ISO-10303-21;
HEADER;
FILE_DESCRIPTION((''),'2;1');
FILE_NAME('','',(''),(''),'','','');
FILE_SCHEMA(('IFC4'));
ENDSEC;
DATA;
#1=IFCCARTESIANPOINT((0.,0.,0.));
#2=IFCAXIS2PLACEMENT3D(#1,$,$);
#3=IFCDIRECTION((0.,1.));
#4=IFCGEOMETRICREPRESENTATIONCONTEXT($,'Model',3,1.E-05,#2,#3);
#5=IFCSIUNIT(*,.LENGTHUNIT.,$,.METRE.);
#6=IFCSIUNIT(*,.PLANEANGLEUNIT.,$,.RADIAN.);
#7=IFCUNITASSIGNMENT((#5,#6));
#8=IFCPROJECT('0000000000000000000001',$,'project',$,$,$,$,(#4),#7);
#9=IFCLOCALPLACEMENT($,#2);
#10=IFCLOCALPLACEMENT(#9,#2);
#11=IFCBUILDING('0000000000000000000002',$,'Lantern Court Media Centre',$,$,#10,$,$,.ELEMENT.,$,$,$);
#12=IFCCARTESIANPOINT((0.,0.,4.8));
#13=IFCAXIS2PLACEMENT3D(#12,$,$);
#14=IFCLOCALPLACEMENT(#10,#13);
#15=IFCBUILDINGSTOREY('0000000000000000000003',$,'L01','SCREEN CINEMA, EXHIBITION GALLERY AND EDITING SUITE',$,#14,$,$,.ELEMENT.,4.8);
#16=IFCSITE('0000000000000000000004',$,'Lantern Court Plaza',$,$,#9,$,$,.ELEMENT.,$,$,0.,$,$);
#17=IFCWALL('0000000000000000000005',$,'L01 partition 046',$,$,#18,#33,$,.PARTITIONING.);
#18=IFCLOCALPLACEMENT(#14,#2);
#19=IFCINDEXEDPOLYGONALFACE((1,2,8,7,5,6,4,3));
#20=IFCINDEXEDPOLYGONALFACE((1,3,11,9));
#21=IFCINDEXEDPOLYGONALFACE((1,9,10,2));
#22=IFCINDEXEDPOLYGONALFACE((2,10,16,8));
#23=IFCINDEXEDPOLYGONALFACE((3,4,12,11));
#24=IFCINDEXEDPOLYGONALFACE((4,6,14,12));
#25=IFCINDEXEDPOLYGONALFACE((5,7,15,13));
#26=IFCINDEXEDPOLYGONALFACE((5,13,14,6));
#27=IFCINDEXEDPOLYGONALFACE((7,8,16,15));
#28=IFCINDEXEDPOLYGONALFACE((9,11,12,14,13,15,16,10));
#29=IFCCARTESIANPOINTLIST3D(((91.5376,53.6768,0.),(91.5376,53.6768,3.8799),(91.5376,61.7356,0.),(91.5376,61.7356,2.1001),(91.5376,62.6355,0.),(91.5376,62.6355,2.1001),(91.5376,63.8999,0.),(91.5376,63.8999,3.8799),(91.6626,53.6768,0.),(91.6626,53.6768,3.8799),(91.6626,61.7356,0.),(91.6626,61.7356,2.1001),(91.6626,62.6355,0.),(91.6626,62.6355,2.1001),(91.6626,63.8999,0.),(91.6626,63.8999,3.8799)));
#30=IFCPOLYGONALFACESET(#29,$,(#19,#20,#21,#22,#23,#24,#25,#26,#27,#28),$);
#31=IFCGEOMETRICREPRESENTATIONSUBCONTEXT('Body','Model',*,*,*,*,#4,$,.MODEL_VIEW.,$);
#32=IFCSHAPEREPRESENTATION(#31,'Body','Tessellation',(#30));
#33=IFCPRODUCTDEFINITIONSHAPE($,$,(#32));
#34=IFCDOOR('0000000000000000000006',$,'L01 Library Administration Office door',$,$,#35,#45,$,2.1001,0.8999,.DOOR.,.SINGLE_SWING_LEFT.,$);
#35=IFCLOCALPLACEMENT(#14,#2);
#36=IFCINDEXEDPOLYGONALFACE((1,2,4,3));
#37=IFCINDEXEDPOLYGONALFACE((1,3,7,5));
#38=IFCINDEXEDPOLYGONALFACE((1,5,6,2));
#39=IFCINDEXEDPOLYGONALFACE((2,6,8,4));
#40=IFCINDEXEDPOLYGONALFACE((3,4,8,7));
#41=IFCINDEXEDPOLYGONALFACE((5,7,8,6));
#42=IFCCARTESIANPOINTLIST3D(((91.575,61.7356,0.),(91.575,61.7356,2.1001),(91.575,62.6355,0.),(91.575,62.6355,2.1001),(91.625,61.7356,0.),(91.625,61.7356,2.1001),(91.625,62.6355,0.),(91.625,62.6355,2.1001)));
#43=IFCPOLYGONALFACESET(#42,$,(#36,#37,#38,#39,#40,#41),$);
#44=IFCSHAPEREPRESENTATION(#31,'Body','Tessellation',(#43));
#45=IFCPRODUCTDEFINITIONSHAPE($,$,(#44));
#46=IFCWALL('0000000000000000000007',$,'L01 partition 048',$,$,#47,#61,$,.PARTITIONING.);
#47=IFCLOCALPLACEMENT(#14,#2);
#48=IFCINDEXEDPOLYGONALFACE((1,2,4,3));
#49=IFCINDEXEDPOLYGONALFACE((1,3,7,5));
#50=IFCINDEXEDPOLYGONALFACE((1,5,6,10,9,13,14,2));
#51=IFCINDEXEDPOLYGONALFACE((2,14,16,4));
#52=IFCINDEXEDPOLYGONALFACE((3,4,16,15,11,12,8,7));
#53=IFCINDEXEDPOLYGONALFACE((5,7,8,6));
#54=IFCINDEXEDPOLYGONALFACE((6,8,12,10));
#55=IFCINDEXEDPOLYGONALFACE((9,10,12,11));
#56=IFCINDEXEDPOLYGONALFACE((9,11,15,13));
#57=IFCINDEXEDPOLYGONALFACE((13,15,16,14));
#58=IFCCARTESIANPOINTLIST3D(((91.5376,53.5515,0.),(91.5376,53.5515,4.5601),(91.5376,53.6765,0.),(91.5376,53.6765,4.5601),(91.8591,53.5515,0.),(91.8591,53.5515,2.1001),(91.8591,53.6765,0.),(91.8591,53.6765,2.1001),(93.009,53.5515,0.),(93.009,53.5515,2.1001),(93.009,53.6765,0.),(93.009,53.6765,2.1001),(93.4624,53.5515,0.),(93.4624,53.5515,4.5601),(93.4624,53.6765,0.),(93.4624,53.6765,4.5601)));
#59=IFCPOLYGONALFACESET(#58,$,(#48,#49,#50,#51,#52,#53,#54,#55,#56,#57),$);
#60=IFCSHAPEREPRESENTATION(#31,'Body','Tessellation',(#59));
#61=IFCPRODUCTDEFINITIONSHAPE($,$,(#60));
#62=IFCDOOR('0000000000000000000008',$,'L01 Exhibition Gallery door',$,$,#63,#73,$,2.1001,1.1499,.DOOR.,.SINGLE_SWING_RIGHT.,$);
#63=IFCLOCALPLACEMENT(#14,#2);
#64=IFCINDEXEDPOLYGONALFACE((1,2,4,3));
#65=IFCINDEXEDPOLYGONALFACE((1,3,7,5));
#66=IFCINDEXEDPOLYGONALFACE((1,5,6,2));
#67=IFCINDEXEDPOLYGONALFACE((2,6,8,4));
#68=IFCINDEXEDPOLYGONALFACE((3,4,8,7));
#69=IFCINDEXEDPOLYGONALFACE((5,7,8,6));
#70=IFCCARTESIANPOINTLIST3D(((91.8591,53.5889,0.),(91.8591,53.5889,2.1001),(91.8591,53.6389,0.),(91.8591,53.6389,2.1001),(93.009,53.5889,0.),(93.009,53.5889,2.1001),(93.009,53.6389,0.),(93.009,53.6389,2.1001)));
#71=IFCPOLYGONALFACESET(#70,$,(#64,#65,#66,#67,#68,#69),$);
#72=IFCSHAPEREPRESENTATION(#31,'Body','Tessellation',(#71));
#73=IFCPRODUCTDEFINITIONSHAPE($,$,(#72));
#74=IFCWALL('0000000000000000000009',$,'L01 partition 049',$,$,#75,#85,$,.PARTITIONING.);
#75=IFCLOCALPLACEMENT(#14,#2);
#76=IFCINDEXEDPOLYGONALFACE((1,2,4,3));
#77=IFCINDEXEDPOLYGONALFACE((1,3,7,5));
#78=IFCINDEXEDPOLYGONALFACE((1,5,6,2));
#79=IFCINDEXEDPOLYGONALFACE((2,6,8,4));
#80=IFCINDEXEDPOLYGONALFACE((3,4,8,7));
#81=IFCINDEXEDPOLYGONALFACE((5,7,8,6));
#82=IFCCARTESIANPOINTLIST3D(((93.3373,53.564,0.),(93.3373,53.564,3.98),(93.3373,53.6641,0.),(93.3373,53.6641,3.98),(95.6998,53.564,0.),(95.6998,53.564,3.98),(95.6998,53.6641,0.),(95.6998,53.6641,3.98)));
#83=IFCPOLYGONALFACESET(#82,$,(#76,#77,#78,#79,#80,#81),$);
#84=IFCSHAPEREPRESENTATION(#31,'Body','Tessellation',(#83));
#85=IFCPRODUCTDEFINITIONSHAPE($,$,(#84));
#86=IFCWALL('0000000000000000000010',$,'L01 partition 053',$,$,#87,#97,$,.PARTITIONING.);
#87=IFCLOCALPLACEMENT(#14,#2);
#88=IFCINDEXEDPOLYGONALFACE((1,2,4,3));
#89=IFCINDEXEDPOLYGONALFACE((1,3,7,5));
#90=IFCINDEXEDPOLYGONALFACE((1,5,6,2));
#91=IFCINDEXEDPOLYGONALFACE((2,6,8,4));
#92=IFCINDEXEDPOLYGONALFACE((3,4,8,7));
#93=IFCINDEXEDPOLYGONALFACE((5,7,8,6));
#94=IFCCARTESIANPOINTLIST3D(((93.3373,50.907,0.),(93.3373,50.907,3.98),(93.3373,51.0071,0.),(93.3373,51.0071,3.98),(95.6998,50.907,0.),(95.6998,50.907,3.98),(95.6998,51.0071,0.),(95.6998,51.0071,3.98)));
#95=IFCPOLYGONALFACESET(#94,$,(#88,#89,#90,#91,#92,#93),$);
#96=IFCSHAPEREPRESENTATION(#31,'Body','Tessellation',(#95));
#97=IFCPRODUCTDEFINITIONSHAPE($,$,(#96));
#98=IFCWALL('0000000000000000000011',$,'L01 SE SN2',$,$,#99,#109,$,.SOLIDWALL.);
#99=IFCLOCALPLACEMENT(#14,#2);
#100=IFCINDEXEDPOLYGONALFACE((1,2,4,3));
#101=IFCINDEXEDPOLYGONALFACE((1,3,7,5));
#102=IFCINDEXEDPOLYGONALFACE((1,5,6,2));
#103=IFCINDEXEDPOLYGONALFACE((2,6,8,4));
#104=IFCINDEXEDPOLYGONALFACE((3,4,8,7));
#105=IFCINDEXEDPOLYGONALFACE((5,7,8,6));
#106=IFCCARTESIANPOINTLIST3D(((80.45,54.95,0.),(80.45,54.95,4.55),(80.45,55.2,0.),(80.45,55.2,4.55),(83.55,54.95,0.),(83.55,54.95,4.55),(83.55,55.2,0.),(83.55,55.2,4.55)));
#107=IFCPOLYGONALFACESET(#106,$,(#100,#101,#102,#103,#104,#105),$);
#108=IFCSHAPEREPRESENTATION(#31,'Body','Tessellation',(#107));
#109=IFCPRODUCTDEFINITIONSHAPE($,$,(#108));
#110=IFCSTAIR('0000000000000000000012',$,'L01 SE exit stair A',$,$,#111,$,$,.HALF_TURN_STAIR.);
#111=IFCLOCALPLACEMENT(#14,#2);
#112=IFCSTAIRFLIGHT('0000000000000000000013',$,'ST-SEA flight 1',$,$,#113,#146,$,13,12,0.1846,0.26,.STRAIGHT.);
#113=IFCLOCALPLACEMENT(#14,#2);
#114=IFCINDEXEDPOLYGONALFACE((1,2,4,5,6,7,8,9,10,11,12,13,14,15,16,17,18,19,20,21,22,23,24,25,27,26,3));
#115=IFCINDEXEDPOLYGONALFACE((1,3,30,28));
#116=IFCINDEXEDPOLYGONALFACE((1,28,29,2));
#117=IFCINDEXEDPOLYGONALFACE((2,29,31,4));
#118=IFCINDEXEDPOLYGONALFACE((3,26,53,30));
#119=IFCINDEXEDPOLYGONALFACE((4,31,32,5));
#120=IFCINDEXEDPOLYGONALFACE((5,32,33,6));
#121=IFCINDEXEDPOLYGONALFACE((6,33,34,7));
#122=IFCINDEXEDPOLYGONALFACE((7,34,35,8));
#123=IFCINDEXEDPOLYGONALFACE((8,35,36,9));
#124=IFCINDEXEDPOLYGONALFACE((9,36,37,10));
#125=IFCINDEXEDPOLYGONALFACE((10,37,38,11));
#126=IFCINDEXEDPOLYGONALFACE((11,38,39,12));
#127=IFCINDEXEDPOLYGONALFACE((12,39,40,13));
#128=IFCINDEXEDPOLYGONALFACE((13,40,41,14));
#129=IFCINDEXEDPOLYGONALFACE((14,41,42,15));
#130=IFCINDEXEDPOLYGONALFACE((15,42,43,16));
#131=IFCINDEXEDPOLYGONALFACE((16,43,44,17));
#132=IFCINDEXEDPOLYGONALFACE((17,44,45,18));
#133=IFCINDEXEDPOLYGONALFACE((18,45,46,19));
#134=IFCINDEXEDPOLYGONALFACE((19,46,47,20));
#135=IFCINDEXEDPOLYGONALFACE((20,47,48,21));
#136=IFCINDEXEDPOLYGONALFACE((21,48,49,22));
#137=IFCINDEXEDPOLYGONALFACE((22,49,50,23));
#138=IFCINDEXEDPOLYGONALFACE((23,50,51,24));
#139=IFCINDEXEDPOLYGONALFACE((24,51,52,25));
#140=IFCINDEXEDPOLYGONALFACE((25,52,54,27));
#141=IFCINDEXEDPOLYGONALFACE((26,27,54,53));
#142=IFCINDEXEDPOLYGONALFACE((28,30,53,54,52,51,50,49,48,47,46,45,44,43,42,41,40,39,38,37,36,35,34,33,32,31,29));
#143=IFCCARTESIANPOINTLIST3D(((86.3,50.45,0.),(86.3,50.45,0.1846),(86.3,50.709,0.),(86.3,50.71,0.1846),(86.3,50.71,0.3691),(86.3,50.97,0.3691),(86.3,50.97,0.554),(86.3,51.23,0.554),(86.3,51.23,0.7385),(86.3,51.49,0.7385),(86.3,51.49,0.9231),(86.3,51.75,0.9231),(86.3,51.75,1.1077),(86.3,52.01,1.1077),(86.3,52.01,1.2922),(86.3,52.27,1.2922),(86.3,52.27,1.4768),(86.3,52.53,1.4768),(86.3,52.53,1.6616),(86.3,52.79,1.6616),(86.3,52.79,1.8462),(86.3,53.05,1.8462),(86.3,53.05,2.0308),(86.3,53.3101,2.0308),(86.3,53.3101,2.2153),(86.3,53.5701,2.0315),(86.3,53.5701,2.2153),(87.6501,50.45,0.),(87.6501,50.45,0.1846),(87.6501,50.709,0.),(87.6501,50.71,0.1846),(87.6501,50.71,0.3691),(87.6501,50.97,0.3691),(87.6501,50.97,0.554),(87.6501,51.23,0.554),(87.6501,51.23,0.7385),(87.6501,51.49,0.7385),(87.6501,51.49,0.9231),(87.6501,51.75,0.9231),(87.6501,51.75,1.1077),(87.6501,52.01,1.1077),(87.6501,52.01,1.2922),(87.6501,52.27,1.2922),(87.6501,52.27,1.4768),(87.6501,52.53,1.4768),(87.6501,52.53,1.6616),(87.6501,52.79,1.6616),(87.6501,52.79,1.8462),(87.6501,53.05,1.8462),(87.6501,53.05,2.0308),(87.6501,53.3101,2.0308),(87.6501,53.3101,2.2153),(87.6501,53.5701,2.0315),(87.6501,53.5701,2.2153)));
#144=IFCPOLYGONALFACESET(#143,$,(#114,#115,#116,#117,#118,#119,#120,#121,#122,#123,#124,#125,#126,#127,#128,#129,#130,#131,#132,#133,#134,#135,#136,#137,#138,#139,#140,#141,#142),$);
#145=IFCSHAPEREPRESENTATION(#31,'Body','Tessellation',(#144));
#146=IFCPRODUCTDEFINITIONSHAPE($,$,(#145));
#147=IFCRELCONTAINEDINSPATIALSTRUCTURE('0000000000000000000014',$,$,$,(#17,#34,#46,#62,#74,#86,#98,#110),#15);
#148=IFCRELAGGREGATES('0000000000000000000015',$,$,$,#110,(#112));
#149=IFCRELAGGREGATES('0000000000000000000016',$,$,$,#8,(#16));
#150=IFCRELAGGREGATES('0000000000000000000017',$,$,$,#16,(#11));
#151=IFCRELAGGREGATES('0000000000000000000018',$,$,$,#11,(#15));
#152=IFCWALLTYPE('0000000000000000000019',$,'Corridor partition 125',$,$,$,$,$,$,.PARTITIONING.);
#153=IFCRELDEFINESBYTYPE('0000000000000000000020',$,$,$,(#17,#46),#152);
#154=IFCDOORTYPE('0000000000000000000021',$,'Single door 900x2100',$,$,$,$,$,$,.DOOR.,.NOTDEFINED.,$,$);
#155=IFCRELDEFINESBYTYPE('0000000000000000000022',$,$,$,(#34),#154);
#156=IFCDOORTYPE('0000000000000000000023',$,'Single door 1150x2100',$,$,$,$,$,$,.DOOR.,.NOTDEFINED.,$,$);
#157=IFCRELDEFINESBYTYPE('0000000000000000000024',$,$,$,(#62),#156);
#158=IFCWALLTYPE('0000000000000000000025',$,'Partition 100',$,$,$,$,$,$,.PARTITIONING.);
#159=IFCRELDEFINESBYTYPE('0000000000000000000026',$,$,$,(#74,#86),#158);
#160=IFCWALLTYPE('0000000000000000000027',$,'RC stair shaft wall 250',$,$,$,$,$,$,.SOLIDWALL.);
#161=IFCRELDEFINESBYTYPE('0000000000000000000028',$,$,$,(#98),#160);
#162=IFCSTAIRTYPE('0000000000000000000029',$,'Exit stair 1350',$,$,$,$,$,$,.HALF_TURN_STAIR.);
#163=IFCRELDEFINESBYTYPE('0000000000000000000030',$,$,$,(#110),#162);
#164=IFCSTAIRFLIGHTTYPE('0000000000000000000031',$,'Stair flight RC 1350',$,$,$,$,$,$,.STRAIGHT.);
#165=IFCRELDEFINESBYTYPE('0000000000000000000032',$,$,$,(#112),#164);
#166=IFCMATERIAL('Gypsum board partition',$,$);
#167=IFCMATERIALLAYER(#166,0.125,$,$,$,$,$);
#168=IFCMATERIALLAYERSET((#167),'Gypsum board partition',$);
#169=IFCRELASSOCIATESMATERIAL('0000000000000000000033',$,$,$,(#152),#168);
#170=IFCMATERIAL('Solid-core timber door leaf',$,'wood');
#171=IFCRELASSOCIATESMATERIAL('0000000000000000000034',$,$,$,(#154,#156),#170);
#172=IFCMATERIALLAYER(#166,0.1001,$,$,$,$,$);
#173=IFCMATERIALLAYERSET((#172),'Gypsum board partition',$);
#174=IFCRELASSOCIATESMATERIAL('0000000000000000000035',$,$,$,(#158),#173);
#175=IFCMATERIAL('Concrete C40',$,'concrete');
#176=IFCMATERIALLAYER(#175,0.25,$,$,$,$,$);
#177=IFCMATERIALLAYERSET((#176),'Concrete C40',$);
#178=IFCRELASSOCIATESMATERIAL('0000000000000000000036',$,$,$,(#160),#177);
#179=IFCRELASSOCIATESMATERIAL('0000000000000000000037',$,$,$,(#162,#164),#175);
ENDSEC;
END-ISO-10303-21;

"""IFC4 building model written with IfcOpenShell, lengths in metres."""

from ifc_helpers import new_model, si_unit, direction, frame, frame_2d, origin, place, context, subcontext, project, spatial, polyline, rectangle, outline, extrude, material, layer, layer_set, type_object, element, fill, aggregate, save


model = new_model("IFC4")

# Units and contexts
model_context = context("Model", 3, precision=1e-05, world=origin(), true_north=direction((0.0, 1.0)))
body_context = subcontext(model_context, "Body", "Model", "MODEL_VIEW")
ifc_project = project(units=[si_unit("LENGTHUNIT", "METRE"), si_unit("PLANEANGLEUNIT", "RADIAN")], contexts=[model_context])

# Site, building, storey
site_placement = place(None, origin())
site = spatial("IfcSite", under=ifc_project, at=site_placement, Name="Lantern Court Plaza", CompositionType="ELEMENT", RefElevation=0.0)
building_placement = place(site_placement, origin())
building = spatial("IfcBuilding", under=site, at=building_placement, Name="Lantern Court Media Centre", CompositionType="ELEMENT")
storey_placement = place(building_placement, frame((0.0, 0.0, 4.8)))
storey = spatial("IfcBuildingStorey", under=building, at=storey_placement, Name="L01", Description="SCREEN CINEMA, EXHIBITION GALLERY AND EDITING SUITE", CompositionType="ELEMENT", Elevation=4.8)

# Walls, openings, doors
ifc_material_1 = material(Name="Gypsum board partition")
ifc_layer_1 = layer(ifc_material_1, 0.125)
ifc_layer_set_1 = layer_set([ifc_layer_1], Name="Gypsum board partition")
wall_type_1 = type_object("IfcWallType", Name="Corridor partition 125", PredefinedType="PARTITIONING", material=ifc_layer_set_1)
wall_1_placement = place(storey_placement, frame((91.6001, 53.6768, 0.0), z_axis=(0.0, 0.0, 1.0), x_axis=(0.0, 1.0, 0.0)))
wall_1 = element("IfcWall", 1, at=wall_1_placement, inside=storey, type_object=wall_type_1, Name="L01 partition 046", PredefinedType="PARTITIONING", context=body_context, shape_type="SweptSolid", body=[
    extrude(rectangle(XDim=10.2231, YDim=0.125, at=frame_2d((5.1116, 0.0))), origin(), (0.0, 0.0, 1.0), 3.8799),
])
opening_1_placement = place(wall_1_placement, frame((8.0588, 0.0, 0.0)))
opening_1 = element("IfcOpeningElement", 2, at=opening_1_placement, cuts=wall_1, PredefinedType="OPENING", context=body_context, shape_type="SweptSolid", body=[
    extrude(rectangle(XDim=0.8999, YDim=2.1001, at=frame_2d((0.45, 1.05))), frame((0.0, 0.0725, 0.0), z_axis=(0.0, -1.0, 0.0), x_axis=(1.0, 0.0, 0.0)), (0.0, 0.0, 1.0), 0.145),
])
ifc_material_2 = material(Name="Solid-core timber door leaf", Category="wood")
door_type_1 = type_object("IfcDoorType", Name="Single door 900x2100", OperationType="NOTDEFINED", PredefinedType="DOOR", material=ifc_material_2)
door_1_placement = place(opening_1_placement, frame((0.8999, 0.0, 0.0), z_axis=(0.0, 0.0, 1.0), x_axis=(-1.0, 0.0, 0.0)))
door_1 = element("IfcDoor", 3, at=door_1_placement, inside=storey, type_object=door_type_1, Name="L01 Library Administration Office door", OperationType="SINGLE_SWING_LEFT", OverallHeight=2.1001, OverallWidth=0.8999, PredefinedType="DOOR", context=body_context, shape_type="SweptSolid", body=[
    extrude(rectangle(XDim=0.8999, YDim=2.1001, at=frame_2d((0.45, 1.05))), frame((0.0, 0.0249, 0.0), z_axis=(0.0, -1.0, 0.0), x_axis=(1.0, 0.0, 0.0)), (0.0, 0.0, 1.0), 0.05),
])
fill(opening_1, door_1)
wall_2_placement = place(storey_placement, frame((91.5376, 53.614, 0.0), z_axis=(0.0, 0.0, 1.0), x_axis=(1.0, 0.0, 0.0)))
wall_2 = element("IfcWall", 4, at=wall_2_placement, inside=storey, type_object=wall_type_1, Name="L01 partition 048", PredefinedType="PARTITIONING", context=body_context, shape_type="SweptSolid", body=[
    extrude(rectangle(XDim=1.9248, YDim=0.125, at=frame_2d((0.9624, 0.0))), origin(), (0.0, 0.0, 1.0), 4.5601),
])
opening_2_placement = place(wall_2_placement, frame((0.3215, 0.0, 0.0)))
opening_2 = element("IfcOpeningElement", 5, at=opening_2_placement, cuts=wall_2, PredefinedType="OPENING", context=body_context, shape_type="SweptSolid", body=[
    extrude(rectangle(XDim=1.1499, YDim=2.1001, at=frame_2d((0.575, 1.05))), frame((0.0, 0.0725, 0.0), z_axis=(0.0, -1.0, 0.0), x_axis=(1.0, 0.0, 0.0)), (0.0, 0.0, 1.0), 0.145),
])
door_type_2 = type_object("IfcDoorType", Name="Single door 1150x2100", OperationType="NOTDEFINED", PredefinedType="DOOR", material=ifc_material_2)
door_2_placement = place(opening_2_placement, origin())
door_2 = element("IfcDoor", 6, at=door_2_placement, inside=storey, type_object=door_type_2, Name="L01 Exhibition Gallery door", OperationType="SINGLE_SWING_RIGHT", OverallHeight=2.1001, OverallWidth=1.1499, PredefinedType="DOOR", context=body_context, shape_type="SweptSolid", body=[
    extrude(rectangle(XDim=1.1499, YDim=2.1001, at=frame_2d((0.575, 1.05))), frame((0.0, 0.0249, 0.0), z_axis=(0.0, -1.0, 0.0), x_axis=(1.0, 0.0, 0.0)), (0.0, 0.0, 1.0), 0.05),
])
fill(opening_2, door_2)

# Walls
ifc_layer_2 = layer(ifc_material_1, 0.1001)
ifc_layer_set_2 = layer_set([ifc_layer_2], Name="Gypsum board partition")
wall_type_2 = type_object("IfcWallType", Name="Partition 100", PredefinedType="PARTITIONING", material=ifc_layer_set_2)
for number, where, z_axis, x_axis, name in (
    (7, (93.3374, 53.614, 0.0), (0.0, 0.0, 1.0), (1.0, 0.0, 0.0), "L01 partition 049"),
    (8, (93.3374, 50.957, 0.0), (0.0, 0.0, 1.0), (1.0, 0.0, 0.0), "L01 partition 053"),
):
    element("IfcWall", number, at=place(storey_placement, frame(where, z_axis=z_axis, x_axis=x_axis)), inside=storey, type_object=wall_type_2, Name=name, PredefinedType="PARTITIONING", context=body_context, shape_type="SweptSolid", body=[
        extrude(rectangle(XDim=2.3625, YDim=0.1001, at=frame_2d((1.1812, 0.0))), origin(), (0.0, 0.0, 1.0), 3.98),
    ])
ifc_material_3 = material(Name="Concrete C40", Category="concrete")
ifc_layer_3 = layer(ifc_material_3, 0.25)
ifc_layer_set_3 = layer_set([ifc_layer_3], Name="Concrete C40")
wall_type_3 = type_object("IfcWallType", Name="RC stair shaft wall 250", PredefinedType="SOLIDWALL", material=ifc_layer_set_3)
wall_3_placement = place(storey_placement, frame((83.55, 55.075, 0.0), z_axis=(0.0, 0.0, 1.0), x_axis=(-1.0, 0.0, 0.0)))
element("IfcWall", 9, at=wall_3_placement, inside=storey, type_object=wall_type_3, Name="L01 SE SN2", PredefinedType="SOLIDWALL", context=body_context, shape_type="SweptSolid", body=[
    extrude(rectangle(XDim=3.1001, YDim=0.25, at=frame_2d((1.55, 0.0))), origin(), (0.0, 0.0, 1.0), 4.55),
])

# Stair, stair flight
stair_type = type_object("IfcStairType", Name="Exit stair 1350", PredefinedType="HALF_TURN_STAIR", material=ifc_material_3)
stair_placement = place(storey_placement, origin())
stair = element("IfcStair", 10, at=stair_placement, inside=storey, type_object=stair_type, Name="L01 SE exit stair A", PredefinedType="HALF_TURN_STAIR")
stair_flight_type = type_object("IfcStairFlightType", Name="Stair flight RC 1350", PredefinedType="STRAIGHT", material=ifc_material_3)
stair_flight_1_placement = place(storey_placement, frame((86.9751, 50.45, 0.0), z_axis=(0.0, 0.0, 1.0), x_axis=(0.0, 1.0, 0.0)))
stair_flight_1 = element("IfcStairFlight", 11, at=stair_flight_1_placement, type_object=stair_flight_type, Name="ST-SEA flight 1", NumberOfRisers=13, NumberOfTreads=12, PredefinedType="STRAIGHT", RiserHeight=0.1846, TreadLength=0.26, context=body_context, shape_type="SweptSolid", body=[
    extrude(outline(polyline([(0.0, 0.0), (0.0, 0.1846), (0.26, 0.1846), (0.26, 0.3691), (0.52, 0.3691), (0.52, 0.554), (0.78, 0.554), (0.78, 0.7385), (1.04, 0.7385), (1.04, 0.9231), (1.3, 0.9231), (1.3, 1.1077), (1.5601, 1.1077), (1.5601, 1.2922), (1.8201, 1.2922), (1.8201, 1.4768), (2.0801, 1.4768), (2.0801, 1.6616), (2.3401, 1.6616), (2.3401, 1.8462), (2.6001, 1.8462), (2.6001, 2.0308), (2.8601, 2.0308), (2.8601, 2.2153), (3.1201, 2.2153), (3.1201, 2.3999), (3.1201, 2.0315), (0.259, 0.0), (0.0, 0.0)])), frame((0.0, 0.675, 0.0), z_axis=(0.0, -1.0, 0.0), x_axis=(1.0, 0.0, 0.0)), (0.0, 0.0, 1.0), 1.3501),
])
aggregate(stair, [stair_flight_1])

save(model, "model.ifc")
